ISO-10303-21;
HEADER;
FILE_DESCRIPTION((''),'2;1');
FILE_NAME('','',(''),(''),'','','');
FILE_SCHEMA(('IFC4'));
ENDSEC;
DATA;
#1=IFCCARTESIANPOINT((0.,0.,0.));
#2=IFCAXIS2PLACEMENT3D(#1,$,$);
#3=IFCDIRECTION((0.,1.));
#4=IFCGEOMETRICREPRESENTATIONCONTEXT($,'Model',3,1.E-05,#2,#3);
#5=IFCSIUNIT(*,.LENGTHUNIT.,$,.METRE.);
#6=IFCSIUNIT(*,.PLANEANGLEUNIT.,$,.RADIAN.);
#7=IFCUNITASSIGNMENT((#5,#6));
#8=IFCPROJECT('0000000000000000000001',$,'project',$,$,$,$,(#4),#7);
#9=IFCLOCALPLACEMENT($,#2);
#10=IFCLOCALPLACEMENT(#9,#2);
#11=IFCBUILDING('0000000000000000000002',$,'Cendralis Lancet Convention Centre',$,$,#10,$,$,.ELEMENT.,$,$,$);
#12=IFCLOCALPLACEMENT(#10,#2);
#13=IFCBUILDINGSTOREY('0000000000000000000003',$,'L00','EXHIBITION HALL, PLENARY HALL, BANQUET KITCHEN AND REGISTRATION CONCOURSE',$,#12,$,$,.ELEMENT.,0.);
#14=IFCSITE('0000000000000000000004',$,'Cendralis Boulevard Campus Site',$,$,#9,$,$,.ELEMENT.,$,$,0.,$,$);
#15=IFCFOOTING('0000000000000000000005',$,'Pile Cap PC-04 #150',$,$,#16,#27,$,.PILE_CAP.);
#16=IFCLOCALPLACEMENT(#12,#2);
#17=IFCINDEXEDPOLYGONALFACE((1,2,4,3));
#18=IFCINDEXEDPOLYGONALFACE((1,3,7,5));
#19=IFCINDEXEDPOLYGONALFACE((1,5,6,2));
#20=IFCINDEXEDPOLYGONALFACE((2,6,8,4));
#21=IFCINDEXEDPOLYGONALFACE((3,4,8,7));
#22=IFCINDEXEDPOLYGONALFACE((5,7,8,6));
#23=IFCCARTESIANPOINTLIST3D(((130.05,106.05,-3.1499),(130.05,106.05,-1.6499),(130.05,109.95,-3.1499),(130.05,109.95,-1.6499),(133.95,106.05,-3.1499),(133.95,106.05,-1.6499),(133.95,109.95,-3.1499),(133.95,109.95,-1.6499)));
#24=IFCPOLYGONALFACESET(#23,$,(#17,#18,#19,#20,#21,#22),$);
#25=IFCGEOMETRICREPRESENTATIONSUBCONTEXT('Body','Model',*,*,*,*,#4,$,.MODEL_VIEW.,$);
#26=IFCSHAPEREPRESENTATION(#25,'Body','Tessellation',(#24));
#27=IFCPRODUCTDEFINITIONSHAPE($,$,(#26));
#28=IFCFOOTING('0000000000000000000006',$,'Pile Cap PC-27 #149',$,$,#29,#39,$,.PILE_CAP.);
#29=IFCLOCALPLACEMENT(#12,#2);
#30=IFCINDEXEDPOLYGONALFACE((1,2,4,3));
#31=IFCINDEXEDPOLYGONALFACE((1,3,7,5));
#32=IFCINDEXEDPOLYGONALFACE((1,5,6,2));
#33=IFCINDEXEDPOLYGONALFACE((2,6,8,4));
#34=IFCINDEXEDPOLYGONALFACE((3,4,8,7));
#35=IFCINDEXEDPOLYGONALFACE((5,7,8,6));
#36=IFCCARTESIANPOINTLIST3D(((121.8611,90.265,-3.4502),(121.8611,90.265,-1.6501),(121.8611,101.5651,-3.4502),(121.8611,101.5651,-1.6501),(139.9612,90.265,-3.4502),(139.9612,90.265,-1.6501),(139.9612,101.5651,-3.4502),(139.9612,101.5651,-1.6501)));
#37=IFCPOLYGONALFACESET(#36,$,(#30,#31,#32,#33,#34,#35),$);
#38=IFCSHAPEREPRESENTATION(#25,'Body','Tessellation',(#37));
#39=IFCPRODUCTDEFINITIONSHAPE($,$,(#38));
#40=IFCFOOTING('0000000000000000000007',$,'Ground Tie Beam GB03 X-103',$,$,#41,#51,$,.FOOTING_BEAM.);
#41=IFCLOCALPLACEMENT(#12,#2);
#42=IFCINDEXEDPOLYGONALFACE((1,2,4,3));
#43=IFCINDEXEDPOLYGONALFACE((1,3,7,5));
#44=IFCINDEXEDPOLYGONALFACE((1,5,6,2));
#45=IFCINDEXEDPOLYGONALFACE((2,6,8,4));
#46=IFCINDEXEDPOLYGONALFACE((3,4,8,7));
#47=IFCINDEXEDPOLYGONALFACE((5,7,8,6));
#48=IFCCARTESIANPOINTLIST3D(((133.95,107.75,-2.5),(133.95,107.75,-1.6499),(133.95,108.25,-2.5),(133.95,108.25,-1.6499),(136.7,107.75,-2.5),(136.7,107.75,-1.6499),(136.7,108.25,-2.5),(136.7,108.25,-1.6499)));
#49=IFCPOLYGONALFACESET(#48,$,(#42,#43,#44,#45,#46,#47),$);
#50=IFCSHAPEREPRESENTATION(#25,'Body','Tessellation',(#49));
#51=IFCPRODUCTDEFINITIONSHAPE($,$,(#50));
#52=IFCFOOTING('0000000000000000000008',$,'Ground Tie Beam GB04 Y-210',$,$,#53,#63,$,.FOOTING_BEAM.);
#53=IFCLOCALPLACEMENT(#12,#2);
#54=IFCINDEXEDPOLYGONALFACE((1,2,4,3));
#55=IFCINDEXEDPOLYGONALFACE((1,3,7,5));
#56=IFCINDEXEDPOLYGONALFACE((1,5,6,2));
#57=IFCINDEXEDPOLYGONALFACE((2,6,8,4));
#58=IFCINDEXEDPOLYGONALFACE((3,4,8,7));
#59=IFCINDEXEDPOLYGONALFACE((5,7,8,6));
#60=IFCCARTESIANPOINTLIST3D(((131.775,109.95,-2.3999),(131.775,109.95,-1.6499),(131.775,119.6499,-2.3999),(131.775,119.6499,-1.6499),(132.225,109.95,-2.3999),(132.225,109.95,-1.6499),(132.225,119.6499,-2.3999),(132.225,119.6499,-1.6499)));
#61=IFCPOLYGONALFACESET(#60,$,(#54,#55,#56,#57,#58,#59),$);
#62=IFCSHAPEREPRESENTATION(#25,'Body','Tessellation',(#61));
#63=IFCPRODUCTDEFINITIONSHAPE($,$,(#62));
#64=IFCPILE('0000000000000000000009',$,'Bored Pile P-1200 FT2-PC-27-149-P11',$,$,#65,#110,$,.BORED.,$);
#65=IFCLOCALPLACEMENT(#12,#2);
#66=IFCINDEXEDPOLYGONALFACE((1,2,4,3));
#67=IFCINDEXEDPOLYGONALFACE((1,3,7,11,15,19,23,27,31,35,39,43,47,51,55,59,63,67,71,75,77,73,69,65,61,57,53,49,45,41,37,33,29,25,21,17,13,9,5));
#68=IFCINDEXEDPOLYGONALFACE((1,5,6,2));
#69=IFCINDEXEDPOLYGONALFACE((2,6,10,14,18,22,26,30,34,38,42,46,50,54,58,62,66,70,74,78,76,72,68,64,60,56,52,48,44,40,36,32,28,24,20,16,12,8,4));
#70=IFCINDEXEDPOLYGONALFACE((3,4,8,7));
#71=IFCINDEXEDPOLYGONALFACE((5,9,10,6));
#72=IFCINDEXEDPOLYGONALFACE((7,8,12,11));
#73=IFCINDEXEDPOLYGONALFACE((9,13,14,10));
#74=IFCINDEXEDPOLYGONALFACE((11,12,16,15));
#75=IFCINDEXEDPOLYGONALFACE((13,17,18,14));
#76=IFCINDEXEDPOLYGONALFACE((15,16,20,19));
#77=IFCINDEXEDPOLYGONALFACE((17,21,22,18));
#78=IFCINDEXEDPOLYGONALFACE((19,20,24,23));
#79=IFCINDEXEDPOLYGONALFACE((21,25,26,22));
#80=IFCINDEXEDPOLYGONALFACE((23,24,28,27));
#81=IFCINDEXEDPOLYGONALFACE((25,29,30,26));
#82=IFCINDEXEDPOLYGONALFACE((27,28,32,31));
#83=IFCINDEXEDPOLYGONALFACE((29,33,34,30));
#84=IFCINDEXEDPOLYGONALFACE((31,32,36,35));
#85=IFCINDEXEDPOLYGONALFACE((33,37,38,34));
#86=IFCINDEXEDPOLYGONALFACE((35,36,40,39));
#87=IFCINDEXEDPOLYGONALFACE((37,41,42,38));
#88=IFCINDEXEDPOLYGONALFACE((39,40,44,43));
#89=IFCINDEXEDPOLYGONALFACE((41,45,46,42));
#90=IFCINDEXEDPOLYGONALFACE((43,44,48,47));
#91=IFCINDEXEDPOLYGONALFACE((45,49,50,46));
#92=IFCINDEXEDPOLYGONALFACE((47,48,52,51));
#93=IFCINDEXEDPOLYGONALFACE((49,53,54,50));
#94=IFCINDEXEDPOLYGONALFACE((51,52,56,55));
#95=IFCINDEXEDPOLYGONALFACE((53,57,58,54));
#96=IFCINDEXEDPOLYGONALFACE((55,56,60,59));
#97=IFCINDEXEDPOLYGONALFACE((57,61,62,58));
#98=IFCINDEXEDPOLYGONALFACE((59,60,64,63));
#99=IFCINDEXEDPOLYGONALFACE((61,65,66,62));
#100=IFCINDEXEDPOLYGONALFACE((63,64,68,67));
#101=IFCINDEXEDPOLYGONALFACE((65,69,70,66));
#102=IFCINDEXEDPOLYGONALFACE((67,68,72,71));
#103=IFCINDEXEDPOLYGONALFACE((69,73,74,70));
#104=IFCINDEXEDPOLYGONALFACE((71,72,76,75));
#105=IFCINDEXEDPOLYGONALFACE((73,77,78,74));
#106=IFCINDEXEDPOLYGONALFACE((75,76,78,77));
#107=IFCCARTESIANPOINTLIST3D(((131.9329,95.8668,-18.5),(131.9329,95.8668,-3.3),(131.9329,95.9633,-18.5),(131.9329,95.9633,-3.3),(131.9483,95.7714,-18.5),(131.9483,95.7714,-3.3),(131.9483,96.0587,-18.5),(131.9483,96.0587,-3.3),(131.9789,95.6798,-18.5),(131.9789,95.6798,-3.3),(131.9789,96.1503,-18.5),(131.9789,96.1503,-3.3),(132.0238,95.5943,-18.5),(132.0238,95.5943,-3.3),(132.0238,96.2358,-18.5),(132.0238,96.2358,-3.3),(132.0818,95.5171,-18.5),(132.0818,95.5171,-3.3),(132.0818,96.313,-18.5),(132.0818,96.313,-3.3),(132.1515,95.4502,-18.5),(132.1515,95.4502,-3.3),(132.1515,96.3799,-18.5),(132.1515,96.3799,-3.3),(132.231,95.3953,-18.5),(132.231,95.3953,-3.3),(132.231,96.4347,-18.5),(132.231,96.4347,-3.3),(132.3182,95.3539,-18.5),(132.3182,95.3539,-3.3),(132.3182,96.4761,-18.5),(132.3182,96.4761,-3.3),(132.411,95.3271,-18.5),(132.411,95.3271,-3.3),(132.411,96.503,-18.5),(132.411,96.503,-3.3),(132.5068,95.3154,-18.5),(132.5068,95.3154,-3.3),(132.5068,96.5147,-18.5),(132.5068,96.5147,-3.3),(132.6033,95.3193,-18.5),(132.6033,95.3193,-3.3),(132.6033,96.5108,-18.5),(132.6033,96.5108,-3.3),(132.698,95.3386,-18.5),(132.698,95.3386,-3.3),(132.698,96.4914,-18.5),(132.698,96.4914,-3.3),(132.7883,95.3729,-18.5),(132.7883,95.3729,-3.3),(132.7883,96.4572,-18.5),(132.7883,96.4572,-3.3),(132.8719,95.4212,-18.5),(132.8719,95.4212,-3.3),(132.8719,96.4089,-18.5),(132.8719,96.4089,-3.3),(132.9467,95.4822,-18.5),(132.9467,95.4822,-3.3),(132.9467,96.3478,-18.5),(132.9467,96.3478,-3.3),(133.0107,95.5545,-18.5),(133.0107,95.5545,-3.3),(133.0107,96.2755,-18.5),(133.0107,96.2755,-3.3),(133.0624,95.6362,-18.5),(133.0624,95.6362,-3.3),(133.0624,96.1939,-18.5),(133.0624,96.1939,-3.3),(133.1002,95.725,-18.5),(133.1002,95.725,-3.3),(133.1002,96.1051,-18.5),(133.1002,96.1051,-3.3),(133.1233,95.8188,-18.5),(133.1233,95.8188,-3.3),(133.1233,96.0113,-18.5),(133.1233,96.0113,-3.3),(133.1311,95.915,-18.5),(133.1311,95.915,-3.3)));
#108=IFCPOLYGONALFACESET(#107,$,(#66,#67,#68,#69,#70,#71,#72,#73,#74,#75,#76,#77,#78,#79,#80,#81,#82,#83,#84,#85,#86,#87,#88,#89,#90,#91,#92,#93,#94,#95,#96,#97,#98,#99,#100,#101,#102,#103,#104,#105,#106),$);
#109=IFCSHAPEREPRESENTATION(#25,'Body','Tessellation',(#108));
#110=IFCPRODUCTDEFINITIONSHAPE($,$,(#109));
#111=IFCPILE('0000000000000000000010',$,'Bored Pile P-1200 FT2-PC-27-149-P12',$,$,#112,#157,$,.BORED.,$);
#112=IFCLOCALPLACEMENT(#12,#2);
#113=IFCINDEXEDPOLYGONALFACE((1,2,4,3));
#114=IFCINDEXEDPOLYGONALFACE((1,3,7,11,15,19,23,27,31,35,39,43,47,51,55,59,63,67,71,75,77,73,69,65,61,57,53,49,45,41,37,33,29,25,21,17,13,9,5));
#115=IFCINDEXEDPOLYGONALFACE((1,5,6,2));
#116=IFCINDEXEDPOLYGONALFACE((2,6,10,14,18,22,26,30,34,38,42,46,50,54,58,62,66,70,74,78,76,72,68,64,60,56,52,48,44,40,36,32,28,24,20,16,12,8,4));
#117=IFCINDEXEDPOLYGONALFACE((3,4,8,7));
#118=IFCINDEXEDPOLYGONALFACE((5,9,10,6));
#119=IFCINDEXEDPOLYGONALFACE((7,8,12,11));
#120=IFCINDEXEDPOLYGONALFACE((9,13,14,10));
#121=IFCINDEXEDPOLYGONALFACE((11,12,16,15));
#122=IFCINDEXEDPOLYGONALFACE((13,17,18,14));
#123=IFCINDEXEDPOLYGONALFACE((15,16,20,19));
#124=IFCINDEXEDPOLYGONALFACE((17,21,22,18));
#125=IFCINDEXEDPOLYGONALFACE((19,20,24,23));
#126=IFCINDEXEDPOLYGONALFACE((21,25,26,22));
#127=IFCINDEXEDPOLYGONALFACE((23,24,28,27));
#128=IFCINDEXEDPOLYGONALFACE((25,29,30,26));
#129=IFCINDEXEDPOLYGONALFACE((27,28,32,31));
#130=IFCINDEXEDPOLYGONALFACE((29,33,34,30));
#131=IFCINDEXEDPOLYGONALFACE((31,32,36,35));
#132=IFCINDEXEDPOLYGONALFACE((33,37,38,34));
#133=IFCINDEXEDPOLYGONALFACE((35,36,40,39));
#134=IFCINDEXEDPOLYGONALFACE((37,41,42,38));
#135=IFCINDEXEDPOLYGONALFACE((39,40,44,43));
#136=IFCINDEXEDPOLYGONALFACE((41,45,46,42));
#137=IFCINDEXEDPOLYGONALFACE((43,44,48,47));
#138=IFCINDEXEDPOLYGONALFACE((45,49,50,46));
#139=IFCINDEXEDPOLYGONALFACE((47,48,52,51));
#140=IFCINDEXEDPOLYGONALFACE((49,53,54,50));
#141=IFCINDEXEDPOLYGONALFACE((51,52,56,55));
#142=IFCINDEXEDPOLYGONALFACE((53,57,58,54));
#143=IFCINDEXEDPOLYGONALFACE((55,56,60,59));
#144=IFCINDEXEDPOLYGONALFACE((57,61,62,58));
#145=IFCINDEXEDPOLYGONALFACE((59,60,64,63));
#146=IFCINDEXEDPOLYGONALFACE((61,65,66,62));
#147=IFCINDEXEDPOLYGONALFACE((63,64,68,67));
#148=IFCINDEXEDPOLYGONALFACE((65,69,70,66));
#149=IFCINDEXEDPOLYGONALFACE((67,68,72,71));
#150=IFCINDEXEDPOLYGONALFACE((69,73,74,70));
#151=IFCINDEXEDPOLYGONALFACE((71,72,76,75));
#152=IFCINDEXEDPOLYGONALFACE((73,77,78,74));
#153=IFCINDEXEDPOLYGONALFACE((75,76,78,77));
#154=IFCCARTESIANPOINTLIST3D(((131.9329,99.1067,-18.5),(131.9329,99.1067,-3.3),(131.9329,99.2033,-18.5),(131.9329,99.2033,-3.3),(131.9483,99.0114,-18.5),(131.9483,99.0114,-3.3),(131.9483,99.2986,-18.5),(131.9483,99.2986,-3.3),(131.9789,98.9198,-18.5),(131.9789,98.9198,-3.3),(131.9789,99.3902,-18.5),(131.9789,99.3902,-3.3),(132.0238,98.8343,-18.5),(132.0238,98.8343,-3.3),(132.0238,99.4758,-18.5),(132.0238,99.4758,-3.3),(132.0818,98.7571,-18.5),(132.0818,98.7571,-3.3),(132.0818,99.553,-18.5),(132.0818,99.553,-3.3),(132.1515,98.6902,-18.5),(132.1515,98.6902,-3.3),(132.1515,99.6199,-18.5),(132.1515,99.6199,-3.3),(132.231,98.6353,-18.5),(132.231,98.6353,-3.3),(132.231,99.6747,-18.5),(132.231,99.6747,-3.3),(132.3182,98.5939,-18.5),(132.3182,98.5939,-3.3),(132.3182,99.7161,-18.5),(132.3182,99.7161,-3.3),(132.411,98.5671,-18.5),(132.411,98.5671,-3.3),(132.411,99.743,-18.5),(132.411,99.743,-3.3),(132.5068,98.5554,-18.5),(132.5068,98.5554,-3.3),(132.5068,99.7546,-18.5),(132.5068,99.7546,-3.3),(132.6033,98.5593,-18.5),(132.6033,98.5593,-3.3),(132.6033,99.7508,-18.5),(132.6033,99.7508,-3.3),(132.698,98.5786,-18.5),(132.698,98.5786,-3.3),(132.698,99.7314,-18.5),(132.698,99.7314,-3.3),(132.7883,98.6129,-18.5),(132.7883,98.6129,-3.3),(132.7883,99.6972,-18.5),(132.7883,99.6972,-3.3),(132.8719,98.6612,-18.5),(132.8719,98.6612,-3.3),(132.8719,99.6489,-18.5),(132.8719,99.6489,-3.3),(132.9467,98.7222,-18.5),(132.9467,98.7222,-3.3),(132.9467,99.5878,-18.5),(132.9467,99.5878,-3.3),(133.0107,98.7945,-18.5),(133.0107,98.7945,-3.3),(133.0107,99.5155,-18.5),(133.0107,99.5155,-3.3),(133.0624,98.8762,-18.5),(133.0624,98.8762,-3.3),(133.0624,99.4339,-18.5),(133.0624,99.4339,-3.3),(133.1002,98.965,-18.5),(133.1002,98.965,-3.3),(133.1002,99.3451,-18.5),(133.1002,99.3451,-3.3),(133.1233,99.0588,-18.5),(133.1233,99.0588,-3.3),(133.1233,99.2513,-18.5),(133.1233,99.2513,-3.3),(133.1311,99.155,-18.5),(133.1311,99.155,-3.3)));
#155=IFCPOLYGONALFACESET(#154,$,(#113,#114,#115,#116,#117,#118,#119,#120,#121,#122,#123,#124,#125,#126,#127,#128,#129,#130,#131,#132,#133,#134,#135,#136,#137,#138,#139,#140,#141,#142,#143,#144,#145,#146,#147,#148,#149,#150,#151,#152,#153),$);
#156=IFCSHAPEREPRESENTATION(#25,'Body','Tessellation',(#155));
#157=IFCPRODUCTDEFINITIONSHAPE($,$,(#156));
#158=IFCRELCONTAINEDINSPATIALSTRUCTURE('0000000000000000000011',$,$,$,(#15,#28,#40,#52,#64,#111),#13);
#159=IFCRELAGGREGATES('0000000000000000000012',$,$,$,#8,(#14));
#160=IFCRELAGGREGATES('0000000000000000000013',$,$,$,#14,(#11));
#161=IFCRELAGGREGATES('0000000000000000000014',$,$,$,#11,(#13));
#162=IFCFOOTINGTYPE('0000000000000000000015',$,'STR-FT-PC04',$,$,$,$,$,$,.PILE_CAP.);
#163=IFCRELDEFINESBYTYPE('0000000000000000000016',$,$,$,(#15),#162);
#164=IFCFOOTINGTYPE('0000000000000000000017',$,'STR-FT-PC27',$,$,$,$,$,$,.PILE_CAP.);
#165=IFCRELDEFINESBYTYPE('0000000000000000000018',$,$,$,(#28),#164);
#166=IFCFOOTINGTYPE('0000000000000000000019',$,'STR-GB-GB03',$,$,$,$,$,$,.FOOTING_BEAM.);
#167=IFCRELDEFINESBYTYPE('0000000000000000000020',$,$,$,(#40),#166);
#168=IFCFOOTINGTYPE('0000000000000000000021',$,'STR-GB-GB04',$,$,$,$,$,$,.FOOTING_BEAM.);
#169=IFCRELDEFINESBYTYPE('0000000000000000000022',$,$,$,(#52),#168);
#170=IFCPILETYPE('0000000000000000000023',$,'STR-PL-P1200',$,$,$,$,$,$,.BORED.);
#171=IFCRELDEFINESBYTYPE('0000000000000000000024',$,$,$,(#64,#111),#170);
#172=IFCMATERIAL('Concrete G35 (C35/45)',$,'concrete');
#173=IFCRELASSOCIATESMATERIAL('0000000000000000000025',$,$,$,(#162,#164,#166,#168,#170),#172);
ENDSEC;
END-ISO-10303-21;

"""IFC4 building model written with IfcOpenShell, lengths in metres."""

from ifc_helpers import new_model, si_unit, direction, frame, origin, origin_2d, place, context, subcontext, project, spatial, rectangle, circle, extrude, material, material_profile, profile_set, type_object, element, save


model = new_model("IFC4")

# Units and contexts
model_context = context("Model", 3, precision=1e-05, world=origin(), true_north=direction((0.0, 1.0)))
body_context = subcontext(model_context, "Body", "Model", "MODEL_VIEW")
ifc_project = project(units=[si_unit("LENGTHUNIT", "METRE"), si_unit("PLANEANGLEUNIT", "RADIAN")], contexts=[model_context])

# Site, building, storey
site_placement = place(None, origin())
site = spatial("IfcSite", under=ifc_project, at=site_placement, Name="Cendralis Boulevard Campus Site", CompositionType="ELEMENT", RefElevation=0.0)
building_placement = place(site_placement, origin())
building = spatial("IfcBuilding", under=site, at=building_placement, Name="Cendralis Lancet Convention Centre", CompositionType="ELEMENT")
storey_placement = place(building_placement, origin())
storey = spatial("IfcBuildingStorey", under=building, at=storey_placement, Name="L00", Description="EXHIBITION HALL, PLENARY HALL, BANQUET KITCHEN AND REGISTRATION CONCOURSE", CompositionType="ELEMENT", Elevation=0.0)

# Footings
ifc_material_1 = material(Name="Concrete G35 (C35/45)", Category="concrete")
footing_type_1 = type_object("IfcFootingType", Name="STR-FT-PC04", PredefinedType="PILE_CAP", material=ifc_material_1)
footing_1_placement = place(storey_placement, frame((132.0, 108.0, -3.1499), z_axis=(0.0, 0.0, 1.0), x_axis=(1.0, 0.0, 0.0)))
element("IfcFooting", 1, at=footing_1_placement, inside=storey, type_object=footing_type_1, Name="Pile Cap PC-04 #150", PredefinedType="PILE_CAP", context=body_context, shape_type="SweptSolid", body=[
    extrude(rectangle(XDim=3.8999, YDim=3.8999, at=origin_2d()), origin(), (0.0, 0.0, 1.0), 1.5),
])
footing_type_2 = type_object("IfcFootingType", Name="STR-FT-PC27", PredefinedType="PILE_CAP", material=ifc_material_1)
footing_2_placement = place(storey_placement, frame((130.9111, 95.915, -3.4502), z_axis=(0.0, 0.0, 1.0), x_axis=(1.0, 0.0, 0.0)))
element("IfcFooting", 2, at=footing_2_placement, inside=storey, type_object=footing_type_2, Name="Pile Cap PC-27 #149", PredefinedType="PILE_CAP", context=body_context, shape_type="SweptSolid", body=[
    extrude(rectangle(XDim=18.1001, YDim=11.3, at=origin_2d()), origin(), (0.0, 0.0, 1.0), 1.8),
])
ifc_material_profile_1 = material_profile(ifc_material_1, rectangle(XDim=0.5, YDim=0.8501, at=origin_2d()), Name="RCB 500x850")
ifc_profile_set_1 = profile_set([ifc_material_profile_1], Name="Concrete G35 (C35/45)")
footing_type_3 = type_object("IfcFootingType", Name="STR-GB-GB03", PredefinedType="FOOTING_BEAM", material=ifc_profile_set_1)
footing_3_placement = place(storey_placement, frame((133.95, 108.0, -2.075), z_axis=(1.0, 0.0, 0.0), x_axis=(0.0, 1.0, 0.0)))
element("IfcFooting", 3, at=footing_3_placement, inside=storey, type_object=footing_type_3, Name="Ground Tie Beam GB03 X-103", PredefinedType="FOOTING_BEAM", context=body_context, shape_type="SweptSolid", body=[
    extrude(rectangle(XDim=0.5, YDim=0.8501, at=origin_2d()), origin(), (0.0, 0.0, 1.0), 2.75),
])
ifc_material_profile_2 = material_profile(ifc_material_1, rectangle(XDim=0.45, YDim=0.75, at=origin_2d()), Name="RCB 450x750")
ifc_profile_set_2 = profile_set([ifc_material_profile_2], Name="Concrete G35 (C35/45)")
footing_type_4 = type_object("IfcFootingType", Name="STR-GB-GB04", PredefinedType="FOOTING_BEAM", material=ifc_profile_set_2)
footing_4_placement = place(storey_placement, frame((132.0, 109.95, -2.0249), z_axis=(0.0, 1.0, 0.0), x_axis=(-1.0, 0.0, 0.0)))
element("IfcFooting", 4, at=footing_4_placement, inside=storey, type_object=footing_type_4, Name="Ground Tie Beam GB04 Y-210", PredefinedType="FOOTING_BEAM", context=body_context, shape_type="SweptSolid", body=[
    extrude(rectangle(XDim=0.45, YDim=0.75, at=origin_2d()), origin(), (0.0, 0.0, 1.0), 9.7),
])

# Piles
ifc_material_profile_3 = material_profile(ifc_material_1, circle(Radius=0.6001, at=origin_2d()), Name="BORED PILE D1200")
ifc_profile_set_3 = profile_set([ifc_material_profile_3], Name="Concrete G35 (C35/45)")
pile_type_1 = type_object("IfcPileType", Name="STR-PL-P1200", PredefinedType="BORED", material=ifc_profile_set_3)
for number, where, z_axis, x_axis, name in (
    (5, (132.531, 95.915, -3.3), (0.0, 0.0, -1.0), (1.0, 0.0, 0.0), "Bored Pile P-1200 FT2-PC-27-149-P11"),
    (6, (132.531, 99.155, -3.3), (0.0, 0.0, -1.0), (1.0, 0.0, 0.0), "Bored Pile P-1200 FT2-PC-27-149-P12"),
):
    element("IfcPile", number, at=place(storey_placement, frame(where, z_axis=z_axis, x_axis=x_axis)), inside=storey, type_object=pile_type_1, Name=name, PredefinedType="BORED", context=body_context, shape_type="SweptSolid", body=[
        extrude(circle(Radius=0.6001, at=origin_2d()), origin(), (0.0, 0.0, 1.0), 15.2),
    ])

save(model, "model.ifc")
